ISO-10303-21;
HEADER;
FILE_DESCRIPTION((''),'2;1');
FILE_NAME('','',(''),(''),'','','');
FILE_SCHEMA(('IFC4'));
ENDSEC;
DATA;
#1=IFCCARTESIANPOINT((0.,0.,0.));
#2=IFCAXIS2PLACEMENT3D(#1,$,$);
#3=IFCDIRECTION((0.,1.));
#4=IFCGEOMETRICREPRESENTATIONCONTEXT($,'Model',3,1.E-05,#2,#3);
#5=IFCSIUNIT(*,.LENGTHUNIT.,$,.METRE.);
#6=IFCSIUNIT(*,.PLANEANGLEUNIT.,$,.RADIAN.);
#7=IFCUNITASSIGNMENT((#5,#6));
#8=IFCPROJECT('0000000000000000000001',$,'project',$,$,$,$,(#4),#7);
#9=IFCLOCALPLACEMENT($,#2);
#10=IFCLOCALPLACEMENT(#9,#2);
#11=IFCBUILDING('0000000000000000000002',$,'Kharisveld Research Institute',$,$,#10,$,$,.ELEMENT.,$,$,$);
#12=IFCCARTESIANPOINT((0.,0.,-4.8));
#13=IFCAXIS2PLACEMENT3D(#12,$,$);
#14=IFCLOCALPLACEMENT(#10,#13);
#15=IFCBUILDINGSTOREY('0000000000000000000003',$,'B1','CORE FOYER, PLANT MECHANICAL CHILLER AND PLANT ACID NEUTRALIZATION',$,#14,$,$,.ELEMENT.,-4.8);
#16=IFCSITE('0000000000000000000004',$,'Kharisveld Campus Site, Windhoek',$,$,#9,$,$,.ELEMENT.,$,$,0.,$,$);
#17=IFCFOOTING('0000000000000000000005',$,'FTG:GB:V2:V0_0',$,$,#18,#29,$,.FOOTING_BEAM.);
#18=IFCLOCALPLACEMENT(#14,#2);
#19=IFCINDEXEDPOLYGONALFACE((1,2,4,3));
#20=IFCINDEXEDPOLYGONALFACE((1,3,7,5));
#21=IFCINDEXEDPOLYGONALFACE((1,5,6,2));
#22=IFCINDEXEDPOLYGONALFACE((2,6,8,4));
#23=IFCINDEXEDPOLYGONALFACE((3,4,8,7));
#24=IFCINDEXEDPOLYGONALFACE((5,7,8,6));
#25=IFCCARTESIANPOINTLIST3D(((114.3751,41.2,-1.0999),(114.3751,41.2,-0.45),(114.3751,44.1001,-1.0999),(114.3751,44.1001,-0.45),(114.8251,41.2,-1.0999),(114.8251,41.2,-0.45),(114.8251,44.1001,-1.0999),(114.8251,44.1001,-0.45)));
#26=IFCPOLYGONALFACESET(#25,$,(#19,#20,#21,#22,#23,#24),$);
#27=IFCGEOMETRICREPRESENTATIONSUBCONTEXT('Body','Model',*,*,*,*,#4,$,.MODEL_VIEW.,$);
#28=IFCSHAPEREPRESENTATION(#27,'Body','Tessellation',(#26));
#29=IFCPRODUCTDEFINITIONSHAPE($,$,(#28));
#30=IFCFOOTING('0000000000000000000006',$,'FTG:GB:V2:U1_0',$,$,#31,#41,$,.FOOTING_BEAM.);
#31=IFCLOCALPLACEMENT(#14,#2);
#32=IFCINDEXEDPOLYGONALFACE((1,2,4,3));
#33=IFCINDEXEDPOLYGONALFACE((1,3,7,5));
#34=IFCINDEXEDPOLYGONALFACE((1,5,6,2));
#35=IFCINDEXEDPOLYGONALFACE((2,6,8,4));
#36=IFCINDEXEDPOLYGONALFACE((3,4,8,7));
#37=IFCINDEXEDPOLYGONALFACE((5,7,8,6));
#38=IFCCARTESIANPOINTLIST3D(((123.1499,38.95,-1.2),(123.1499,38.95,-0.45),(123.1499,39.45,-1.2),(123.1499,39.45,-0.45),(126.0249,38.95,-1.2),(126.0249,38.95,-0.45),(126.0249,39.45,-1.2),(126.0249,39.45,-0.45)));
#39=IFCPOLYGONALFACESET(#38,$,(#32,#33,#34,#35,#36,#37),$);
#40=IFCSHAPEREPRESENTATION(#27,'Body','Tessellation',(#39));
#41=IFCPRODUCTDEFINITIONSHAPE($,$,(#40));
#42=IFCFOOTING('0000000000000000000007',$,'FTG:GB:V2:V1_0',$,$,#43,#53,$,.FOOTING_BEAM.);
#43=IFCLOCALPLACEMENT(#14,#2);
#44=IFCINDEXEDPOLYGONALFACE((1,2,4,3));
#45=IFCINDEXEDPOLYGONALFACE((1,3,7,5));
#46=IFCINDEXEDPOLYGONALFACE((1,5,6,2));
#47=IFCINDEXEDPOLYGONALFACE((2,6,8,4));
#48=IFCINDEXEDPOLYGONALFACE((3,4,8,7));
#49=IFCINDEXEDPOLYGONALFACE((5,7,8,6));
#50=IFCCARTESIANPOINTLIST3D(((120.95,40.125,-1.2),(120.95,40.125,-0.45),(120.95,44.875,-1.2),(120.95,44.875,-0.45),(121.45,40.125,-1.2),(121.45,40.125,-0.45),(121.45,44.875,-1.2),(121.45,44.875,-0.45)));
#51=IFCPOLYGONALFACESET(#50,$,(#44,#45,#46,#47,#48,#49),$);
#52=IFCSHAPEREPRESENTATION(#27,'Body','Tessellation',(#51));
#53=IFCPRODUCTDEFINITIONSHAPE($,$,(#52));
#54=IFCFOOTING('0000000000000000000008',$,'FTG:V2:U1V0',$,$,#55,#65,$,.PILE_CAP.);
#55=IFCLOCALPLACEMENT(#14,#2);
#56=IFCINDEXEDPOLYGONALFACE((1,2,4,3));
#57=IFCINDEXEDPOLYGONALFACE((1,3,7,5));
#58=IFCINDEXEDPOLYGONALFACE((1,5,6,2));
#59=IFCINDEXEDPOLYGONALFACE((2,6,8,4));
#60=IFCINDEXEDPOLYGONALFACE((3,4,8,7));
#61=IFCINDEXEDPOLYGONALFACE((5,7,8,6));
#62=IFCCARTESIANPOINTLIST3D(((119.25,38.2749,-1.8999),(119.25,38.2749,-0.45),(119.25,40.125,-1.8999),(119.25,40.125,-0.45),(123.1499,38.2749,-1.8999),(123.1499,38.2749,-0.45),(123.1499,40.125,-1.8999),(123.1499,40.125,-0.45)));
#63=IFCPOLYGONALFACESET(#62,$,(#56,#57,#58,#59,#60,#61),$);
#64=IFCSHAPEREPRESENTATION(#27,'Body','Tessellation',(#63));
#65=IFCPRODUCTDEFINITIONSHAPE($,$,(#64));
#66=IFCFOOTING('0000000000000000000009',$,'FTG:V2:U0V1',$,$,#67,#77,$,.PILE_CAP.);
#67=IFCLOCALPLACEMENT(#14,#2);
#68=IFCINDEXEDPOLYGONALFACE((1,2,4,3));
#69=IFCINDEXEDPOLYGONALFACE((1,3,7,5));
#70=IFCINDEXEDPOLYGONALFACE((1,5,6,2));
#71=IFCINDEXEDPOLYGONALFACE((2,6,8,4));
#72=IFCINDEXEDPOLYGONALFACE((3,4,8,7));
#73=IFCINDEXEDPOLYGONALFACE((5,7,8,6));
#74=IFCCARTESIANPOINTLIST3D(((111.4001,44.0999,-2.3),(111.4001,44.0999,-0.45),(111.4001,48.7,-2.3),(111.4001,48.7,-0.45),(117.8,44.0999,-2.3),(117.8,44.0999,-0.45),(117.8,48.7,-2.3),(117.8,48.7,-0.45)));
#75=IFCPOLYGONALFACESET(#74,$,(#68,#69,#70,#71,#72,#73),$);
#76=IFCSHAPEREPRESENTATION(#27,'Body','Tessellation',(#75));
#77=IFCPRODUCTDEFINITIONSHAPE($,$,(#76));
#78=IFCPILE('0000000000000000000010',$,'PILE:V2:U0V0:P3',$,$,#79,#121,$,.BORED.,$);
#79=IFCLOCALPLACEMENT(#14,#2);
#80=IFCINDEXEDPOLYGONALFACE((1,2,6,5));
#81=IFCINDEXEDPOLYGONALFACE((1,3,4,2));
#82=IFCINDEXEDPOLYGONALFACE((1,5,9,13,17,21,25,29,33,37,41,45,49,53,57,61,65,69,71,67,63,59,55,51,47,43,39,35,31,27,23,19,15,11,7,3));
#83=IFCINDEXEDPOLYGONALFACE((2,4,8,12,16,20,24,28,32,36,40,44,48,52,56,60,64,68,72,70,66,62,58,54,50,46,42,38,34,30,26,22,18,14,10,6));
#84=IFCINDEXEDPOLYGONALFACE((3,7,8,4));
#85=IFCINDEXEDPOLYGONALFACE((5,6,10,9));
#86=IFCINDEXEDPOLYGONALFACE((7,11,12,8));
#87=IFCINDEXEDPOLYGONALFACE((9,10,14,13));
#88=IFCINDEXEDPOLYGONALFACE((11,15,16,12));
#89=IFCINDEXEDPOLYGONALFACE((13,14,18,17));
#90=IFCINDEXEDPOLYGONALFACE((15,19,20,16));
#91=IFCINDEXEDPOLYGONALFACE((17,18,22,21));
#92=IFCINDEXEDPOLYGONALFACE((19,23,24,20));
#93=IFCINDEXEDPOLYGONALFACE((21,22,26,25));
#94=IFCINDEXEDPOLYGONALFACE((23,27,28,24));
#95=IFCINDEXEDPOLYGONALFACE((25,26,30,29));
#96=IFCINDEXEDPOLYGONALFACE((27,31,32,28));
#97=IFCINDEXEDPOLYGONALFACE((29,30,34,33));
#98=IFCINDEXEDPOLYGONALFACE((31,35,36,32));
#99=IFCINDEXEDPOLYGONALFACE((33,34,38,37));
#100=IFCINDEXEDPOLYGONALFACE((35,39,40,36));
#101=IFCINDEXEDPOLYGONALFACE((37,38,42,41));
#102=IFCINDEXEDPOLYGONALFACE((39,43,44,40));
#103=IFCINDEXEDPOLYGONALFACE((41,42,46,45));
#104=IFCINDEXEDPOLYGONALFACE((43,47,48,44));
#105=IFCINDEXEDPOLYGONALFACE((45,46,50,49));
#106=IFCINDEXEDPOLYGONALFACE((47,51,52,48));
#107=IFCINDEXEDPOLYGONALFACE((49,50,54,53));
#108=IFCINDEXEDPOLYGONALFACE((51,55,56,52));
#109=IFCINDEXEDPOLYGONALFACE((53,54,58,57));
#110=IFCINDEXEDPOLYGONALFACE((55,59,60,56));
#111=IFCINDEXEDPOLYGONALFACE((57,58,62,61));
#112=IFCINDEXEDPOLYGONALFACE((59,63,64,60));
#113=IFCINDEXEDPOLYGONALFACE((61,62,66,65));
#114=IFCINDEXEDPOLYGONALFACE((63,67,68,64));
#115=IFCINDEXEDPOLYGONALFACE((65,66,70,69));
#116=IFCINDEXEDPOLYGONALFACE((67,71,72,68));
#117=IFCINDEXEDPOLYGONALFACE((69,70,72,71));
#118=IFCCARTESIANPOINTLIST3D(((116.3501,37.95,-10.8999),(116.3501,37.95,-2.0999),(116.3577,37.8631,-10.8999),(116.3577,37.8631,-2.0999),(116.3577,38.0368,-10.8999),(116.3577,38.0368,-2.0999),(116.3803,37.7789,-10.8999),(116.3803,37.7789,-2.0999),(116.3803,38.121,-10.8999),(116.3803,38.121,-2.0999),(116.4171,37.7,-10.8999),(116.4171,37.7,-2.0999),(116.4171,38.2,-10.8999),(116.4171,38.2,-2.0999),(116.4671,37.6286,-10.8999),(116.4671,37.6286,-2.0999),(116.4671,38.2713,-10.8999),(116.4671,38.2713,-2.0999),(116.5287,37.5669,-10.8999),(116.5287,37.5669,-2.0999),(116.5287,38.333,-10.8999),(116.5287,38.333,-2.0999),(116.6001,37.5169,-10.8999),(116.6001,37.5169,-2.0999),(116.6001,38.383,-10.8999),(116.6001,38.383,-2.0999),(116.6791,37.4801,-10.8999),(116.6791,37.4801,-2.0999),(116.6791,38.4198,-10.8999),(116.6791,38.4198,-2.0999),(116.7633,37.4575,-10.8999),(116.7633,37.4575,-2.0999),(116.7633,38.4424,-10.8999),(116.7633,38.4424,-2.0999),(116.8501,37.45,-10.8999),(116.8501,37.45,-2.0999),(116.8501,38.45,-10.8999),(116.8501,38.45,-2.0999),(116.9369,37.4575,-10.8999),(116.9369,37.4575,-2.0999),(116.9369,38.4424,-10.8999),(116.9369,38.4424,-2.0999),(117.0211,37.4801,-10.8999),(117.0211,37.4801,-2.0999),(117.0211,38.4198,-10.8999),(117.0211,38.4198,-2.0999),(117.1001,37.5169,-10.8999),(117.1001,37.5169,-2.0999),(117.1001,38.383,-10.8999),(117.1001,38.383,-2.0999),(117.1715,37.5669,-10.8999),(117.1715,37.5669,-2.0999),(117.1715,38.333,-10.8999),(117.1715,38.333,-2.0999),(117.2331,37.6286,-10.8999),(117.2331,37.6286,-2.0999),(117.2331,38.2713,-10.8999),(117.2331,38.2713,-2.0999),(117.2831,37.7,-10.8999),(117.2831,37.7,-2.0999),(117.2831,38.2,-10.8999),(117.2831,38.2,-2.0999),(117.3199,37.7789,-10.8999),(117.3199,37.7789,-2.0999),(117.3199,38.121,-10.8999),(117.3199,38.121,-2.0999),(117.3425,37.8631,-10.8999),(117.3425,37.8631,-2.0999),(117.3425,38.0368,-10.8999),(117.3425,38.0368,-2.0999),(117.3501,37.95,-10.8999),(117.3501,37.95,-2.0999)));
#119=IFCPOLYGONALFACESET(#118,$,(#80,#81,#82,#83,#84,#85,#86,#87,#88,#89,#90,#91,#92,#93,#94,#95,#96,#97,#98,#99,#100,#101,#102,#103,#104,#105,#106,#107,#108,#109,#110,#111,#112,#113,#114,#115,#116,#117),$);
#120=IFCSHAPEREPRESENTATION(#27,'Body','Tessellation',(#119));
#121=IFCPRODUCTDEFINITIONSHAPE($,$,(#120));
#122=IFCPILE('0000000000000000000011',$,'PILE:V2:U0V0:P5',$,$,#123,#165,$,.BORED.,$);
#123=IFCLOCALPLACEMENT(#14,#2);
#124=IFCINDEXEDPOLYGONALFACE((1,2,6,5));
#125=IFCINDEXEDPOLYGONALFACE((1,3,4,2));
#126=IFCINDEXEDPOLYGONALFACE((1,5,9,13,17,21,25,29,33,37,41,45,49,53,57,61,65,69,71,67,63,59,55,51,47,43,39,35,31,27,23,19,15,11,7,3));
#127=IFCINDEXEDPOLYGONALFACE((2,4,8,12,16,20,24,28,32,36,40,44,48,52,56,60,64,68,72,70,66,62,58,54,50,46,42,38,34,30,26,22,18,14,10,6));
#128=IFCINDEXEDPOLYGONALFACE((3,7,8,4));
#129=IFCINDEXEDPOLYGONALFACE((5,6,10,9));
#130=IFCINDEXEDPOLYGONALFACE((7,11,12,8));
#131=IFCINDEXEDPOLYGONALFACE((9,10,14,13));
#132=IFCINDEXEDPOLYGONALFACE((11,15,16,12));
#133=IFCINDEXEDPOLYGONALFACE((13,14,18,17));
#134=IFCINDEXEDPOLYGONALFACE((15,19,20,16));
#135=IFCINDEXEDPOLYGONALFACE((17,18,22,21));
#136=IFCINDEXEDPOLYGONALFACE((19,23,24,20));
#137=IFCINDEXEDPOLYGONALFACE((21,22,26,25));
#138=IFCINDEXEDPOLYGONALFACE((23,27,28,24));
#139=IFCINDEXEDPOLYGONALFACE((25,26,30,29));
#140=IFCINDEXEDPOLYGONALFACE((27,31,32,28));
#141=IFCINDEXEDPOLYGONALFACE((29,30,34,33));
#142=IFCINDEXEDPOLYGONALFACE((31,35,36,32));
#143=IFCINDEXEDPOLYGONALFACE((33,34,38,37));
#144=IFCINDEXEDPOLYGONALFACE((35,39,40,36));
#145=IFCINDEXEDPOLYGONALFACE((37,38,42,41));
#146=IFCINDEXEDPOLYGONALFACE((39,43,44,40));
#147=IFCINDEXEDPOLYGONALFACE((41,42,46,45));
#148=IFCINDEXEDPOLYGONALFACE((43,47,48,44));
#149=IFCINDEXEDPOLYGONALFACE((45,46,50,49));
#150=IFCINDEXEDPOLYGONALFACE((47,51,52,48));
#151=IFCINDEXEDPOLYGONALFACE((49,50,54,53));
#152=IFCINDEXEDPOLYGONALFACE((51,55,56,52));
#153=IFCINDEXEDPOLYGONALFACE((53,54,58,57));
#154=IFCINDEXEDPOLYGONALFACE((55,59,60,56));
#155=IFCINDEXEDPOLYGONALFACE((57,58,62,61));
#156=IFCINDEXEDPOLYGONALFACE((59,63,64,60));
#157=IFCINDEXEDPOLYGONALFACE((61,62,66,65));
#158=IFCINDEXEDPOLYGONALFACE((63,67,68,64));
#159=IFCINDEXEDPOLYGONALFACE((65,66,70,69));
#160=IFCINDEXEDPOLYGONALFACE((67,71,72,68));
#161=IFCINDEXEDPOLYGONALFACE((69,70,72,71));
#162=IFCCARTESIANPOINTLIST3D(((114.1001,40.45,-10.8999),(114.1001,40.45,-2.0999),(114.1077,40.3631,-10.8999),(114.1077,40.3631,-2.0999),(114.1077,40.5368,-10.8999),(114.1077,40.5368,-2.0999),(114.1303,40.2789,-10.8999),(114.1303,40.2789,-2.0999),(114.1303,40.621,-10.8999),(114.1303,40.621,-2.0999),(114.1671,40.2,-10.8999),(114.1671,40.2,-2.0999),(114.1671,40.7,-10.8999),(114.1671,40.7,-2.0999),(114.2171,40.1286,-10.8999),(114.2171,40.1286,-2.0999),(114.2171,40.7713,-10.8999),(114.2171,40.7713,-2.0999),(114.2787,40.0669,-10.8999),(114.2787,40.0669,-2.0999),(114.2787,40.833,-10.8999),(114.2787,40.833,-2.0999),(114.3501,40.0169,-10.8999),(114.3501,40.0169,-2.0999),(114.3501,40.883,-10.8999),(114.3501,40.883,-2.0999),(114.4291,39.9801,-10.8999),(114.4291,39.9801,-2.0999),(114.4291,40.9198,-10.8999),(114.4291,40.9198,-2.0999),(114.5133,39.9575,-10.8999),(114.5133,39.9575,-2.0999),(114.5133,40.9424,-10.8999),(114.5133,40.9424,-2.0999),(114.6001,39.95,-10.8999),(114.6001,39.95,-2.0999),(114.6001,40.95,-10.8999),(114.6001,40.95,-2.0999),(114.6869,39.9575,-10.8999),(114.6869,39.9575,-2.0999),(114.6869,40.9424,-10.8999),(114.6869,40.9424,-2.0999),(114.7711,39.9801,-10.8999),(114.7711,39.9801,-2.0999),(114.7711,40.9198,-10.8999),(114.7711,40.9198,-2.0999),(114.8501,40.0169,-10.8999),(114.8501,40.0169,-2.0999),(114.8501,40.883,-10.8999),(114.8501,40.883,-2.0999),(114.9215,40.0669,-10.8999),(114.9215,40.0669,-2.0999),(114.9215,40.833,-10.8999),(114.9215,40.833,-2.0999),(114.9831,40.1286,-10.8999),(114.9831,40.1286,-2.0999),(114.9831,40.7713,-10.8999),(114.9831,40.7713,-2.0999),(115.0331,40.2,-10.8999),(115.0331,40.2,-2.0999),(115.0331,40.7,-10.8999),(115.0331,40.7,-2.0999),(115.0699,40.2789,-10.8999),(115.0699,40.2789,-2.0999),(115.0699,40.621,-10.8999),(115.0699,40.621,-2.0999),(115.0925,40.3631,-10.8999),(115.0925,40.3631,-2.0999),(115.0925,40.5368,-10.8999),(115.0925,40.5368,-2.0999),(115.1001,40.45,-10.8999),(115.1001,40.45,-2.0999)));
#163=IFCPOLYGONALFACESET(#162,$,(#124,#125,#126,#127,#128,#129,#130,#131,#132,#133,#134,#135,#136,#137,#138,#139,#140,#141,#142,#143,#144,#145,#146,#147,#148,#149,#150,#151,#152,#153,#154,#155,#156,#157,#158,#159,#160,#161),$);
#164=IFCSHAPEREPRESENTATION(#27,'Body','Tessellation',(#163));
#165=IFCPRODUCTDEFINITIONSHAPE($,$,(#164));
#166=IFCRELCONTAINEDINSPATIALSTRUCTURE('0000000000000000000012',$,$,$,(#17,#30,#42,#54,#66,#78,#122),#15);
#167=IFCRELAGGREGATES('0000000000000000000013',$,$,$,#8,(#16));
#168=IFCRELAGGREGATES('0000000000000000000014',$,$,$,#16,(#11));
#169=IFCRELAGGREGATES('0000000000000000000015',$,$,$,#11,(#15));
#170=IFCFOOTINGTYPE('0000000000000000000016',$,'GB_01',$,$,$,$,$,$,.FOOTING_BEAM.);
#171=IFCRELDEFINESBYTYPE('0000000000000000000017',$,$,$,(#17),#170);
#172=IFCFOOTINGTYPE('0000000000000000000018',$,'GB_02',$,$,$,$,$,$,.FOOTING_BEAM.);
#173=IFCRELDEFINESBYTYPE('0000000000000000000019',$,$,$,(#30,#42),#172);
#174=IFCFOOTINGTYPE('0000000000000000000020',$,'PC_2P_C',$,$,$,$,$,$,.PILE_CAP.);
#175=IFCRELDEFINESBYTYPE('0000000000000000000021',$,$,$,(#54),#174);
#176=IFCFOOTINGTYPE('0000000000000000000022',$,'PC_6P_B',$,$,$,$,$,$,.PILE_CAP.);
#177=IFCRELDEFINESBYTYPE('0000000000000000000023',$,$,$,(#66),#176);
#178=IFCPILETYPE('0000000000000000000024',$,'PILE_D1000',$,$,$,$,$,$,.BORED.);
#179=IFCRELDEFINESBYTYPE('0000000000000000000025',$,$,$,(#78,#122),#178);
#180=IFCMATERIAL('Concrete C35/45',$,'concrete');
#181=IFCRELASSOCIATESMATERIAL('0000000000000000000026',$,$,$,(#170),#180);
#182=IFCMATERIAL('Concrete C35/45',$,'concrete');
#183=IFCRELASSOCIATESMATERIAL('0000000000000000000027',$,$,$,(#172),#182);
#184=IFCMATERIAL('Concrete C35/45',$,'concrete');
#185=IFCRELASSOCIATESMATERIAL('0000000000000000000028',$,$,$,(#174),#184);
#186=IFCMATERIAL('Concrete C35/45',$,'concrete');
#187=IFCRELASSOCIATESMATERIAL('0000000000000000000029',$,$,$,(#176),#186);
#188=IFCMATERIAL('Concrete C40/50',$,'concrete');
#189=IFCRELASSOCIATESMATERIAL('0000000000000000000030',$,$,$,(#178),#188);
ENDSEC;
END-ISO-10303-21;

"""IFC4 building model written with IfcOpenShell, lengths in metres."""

from ifc_helpers import new_model, si_unit, direction, frame, origin, origin_2d, place, context, subcontext, project, spatial, rectangle, circle, extrude, material, material_profile, profile_set, type_object, element, save


model = new_model("IFC4")

# Units and contexts
model_context = context("Model", 3, precision=1e-05, world=origin(), true_north=direction((0.0, 1.0)))
body_context = subcontext(model_context, "Body", "Model", "MODEL_VIEW")
ifc_project = project(units=[si_unit("LENGTHUNIT", "METRE"), si_unit("PLANEANGLEUNIT", "RADIAN")], contexts=[model_context])

# Site, building, storey
site_placement = place(None, origin())
site = spatial("IfcSite", under=ifc_project, at=site_placement, Name="Kharisveld Campus Site, Windhoek", CompositionType="ELEMENT", RefElevation=0.0)
building_placement = place(site_placement, origin())
building = spatial("IfcBuilding", under=site, at=building_placement, Name="Kharisveld Research Institute", CompositionType="ELEMENT")
storey_placement = place(building_placement, frame((0.0, 0.0, -4.8)))
storey = spatial("IfcBuildingStorey", under=building, at=storey_placement, Name="B1", Description="CORE FOYER, PLANT MECHANICAL CHILLER AND PLANT ACID NEUTRALIZATION", CompositionType="ELEMENT", Elevation=-4.8)

# Footings
ifc_material_1 = material(Name="Concrete C35/45", Category="concrete")
ifc_material_profile_1 = material_profile(ifc_material_1, rectangle(XDim=0.45, YDim=0.6499, at=origin_2d()))
ifc_profile_set_1 = profile_set([ifc_material_profile_1], Name="Concrete C35/45")
footing_type_1 = type_object("IfcFootingType", Name="GB_01", PredefinedType="FOOTING_BEAM", material=ifc_profile_set_1)
footing_1_placement = place(storey_placement, frame((114.6001, 41.2, -0.7749), z_axis=(0.0, 1.0, 0.0), x_axis=(-1.0, 0.0, 0.0)))
element("IfcFooting", 1, at=footing_1_placement, inside=storey, type_object=footing_type_1, Name="FTG:GB:V2:V0_0", PredefinedType="FOOTING_BEAM", context=body_context, shape_type="SweptSolid", body=[
    extrude(rectangle(XDim=0.45, YDim=0.6499, at=origin_2d()), origin(), (0.0, 0.0, 1.0), 2.9001),
])
ifc_material_2 = material(Name="Concrete C35/45", Category="concrete")
ifc_material_profile_2 = material_profile(ifc_material_2, rectangle(XDim=0.5, YDim=0.75, at=origin_2d()))
ifc_profile_set_2 = profile_set([ifc_material_profile_2], Name="Concrete C35/45")
footing_type_2 = type_object("IfcFootingType", Name="GB_02", PredefinedType="FOOTING_BEAM", material=ifc_profile_set_2)
footing_2_placement = place(storey_placement, frame((123.1499, 39.2, -0.825), z_axis=(1.0, 0.0, 0.0), x_axis=(0.0, 1.0, 0.0)))
element("IfcFooting", 2, at=footing_2_placement, inside=storey, type_object=footing_type_2, Name="FTG:GB:V2:U1_0", PredefinedType="FOOTING_BEAM", context=body_context, shape_type="SweptSolid", body=[
    extrude(rectangle(XDim=0.5, YDim=0.75, at=origin_2d()), origin(), (0.0, 0.0, 1.0), 2.875),
])
footing_3_placement = place(storey_placement, frame((121.2, 40.125, -0.825), z_axis=(0.0, 1.0, 0.0), x_axis=(-1.0, 0.0, 0.0)))
element("IfcFooting", 3, at=footing_3_placement, inside=storey, type_object=footing_type_2, Name="FTG:GB:V2:V1_0", PredefinedType="FOOTING_BEAM", context=body_context, shape_type="SweptSolid", body=[
    extrude(rectangle(XDim=0.5, YDim=0.75, at=origin_2d()), origin(), (0.0, 0.0, 1.0), 4.75),
])
ifc_material_3 = material(Name="Concrete C35/45", Category="concrete")
footing_type_3 = type_object("IfcFootingType", Name="PC_2P_C", PredefinedType="PILE_CAP", material=ifc_material_3)
footing_4_placement = place(storey_placement, frame((121.2, 39.2, -1.8999), z_axis=(0.0, 0.0, 1.0), x_axis=(1.0, 0.0, 0.0)))
element("IfcFooting", 4, at=footing_4_placement, inside=storey, type_object=footing_type_3, Name="FTG:V2:U1V0", PredefinedType="PILE_CAP", context=body_context, shape_type="SweptSolid", body=[
    extrude(rectangle(XDim=3.8999, YDim=1.8501, at=origin_2d()), origin(), (0.0, 0.0, 1.0), 1.45),
])
ifc_material_4 = material(Name="Concrete C35/45", Category="concrete")
footing_type_4 = type_object("IfcFootingType", Name="PC_6P_B", PredefinedType="PILE_CAP", material=ifc_material_4)
footing_5_placement = place(storey_placement, frame((114.6001, 46.3999, -2.3), z_axis=(0.0, 0.0, 1.0), x_axis=(1.0, 0.0, 0.0)))
element("IfcFooting", 5, at=footing_5_placement, inside=storey, type_object=footing_type_4, Name="FTG:V2:U0V1", PredefinedType="PILE_CAP", context=body_context, shape_type="SweptSolid", body=[
    extrude(rectangle(XDim=6.3999, YDim=4.6001, at=origin_2d()), origin(), (0.0, 0.0, 1.0), 1.8501),
])

# Piles
ifc_material_5 = material(Name="Concrete C40/50", Category="concrete")
ifc_material_profile_3 = material_profile(ifc_material_5, circle(Radius=0.5, at=origin_2d()))
ifc_profile_set_3 = profile_set([ifc_material_profile_3], Name="Concrete C40/50")
pile_type_1 = type_object("IfcPileType", Name="PILE_D1000", PredefinedType="BORED", material=ifc_profile_set_3)
for number, where, z_axis, x_axis, name in (
    (6, (116.8501, 37.95, -2.0999), (0.0, 0.0, -1.0), (1.0, 0.0, 0.0), "PILE:V2:U0V0:P3"),
    (7, (114.6001, 40.45, -2.0999), (0.0, 0.0, -1.0), (1.0, 0.0, 0.0), "PILE:V2:U0V0:P5"),
):
    element("IfcPile", number, at=place(storey_placement, frame(where, z_axis=z_axis, x_axis=x_axis)), inside=storey, type_object=pile_type_1, Name=name, PredefinedType="BORED", context=body_context, shape_type="SweptSolid", body=[
        extrude(circle(Radius=0.5, at=origin_2d()), origin(), (0.0, 0.0, 1.0), 8.8),
    ])

save(model, "model.ifc")
